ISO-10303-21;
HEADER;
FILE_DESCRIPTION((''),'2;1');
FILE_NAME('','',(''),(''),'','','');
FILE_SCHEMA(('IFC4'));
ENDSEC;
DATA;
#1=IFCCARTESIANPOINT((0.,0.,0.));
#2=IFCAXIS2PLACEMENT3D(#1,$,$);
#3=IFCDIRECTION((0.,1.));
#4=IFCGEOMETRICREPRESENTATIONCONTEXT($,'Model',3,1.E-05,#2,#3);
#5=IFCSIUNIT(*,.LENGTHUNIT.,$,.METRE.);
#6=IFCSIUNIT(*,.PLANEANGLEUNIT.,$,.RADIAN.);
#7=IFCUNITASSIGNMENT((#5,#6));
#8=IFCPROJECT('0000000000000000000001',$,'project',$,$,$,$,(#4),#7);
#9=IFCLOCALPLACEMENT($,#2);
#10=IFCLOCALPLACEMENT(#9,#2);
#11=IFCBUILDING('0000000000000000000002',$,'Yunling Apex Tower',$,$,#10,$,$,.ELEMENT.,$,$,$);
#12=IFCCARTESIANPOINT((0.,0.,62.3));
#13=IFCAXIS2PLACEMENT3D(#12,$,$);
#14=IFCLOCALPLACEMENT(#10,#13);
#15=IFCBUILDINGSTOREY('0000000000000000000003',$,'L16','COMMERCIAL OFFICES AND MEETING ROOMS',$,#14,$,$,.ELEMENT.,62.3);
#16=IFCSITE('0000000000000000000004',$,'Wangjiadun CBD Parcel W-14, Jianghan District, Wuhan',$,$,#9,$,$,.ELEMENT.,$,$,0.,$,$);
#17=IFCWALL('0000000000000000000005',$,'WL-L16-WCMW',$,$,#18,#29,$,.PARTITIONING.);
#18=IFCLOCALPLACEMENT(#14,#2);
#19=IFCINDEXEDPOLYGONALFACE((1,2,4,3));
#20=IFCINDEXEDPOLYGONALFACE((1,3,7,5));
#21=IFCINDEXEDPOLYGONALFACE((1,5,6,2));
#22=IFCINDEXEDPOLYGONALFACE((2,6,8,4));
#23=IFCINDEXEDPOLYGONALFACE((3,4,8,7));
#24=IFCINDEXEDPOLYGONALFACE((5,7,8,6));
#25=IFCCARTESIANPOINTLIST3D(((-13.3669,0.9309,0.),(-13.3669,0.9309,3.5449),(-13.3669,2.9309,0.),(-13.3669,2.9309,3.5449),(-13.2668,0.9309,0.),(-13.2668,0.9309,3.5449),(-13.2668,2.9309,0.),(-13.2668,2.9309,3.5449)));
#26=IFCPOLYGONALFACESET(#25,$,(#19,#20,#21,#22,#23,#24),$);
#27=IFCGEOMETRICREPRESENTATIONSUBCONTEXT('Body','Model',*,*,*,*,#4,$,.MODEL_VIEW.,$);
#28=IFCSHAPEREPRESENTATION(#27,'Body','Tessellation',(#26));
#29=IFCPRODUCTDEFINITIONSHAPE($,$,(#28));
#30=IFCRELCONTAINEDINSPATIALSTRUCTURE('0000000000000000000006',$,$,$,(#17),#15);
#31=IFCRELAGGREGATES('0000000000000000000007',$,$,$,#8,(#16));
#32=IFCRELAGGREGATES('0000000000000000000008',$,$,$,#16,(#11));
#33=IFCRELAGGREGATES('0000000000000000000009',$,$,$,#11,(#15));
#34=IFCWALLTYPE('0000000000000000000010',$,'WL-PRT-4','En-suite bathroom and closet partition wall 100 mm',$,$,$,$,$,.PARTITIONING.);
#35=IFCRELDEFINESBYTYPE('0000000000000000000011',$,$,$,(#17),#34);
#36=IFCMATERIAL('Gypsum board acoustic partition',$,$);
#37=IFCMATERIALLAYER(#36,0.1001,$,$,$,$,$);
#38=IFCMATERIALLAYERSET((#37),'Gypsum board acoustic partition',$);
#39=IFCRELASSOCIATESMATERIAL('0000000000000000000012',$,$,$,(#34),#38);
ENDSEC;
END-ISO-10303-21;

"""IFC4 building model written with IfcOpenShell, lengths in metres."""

from ifc_helpers import new_model, si_unit, direction, frame, frame_2d, origin, place, context, subcontext, project, spatial, rectangle, extrude, material, layer, layer_set, type_object, element, save


model = new_model("IFC4")

# Units and contexts
model_context = context("Model", 3, precision=1e-05, world=origin(), true_north=direction((0.0, 1.0)))
body_context = subcontext(model_context, "Body", "Model", "MODEL_VIEW")
ifc_project = project(units=[si_unit("LENGTHUNIT", "METRE"), si_unit("PLANEANGLEUNIT", "RADIAN")], contexts=[model_context])

# Site, building, storey
site_placement = place(None, origin())
site = spatial("IfcSite", under=ifc_project, at=site_placement, Name="Wangjiadun CBD Parcel W-14, Jianghan District, Wuhan", CompositionType="ELEMENT", RefElevation=0.0)
building_placement = place(site_placement, origin())
building = spatial("IfcBuilding", under=site, at=building_placement, Name="Yunling Apex Tower", CompositionType="ELEMENT")
storey_placement = place(building_placement, frame((0.0, 0.0, 62.3)))
storey = spatial("IfcBuildingStorey", under=building, at=storey_placement, Name="L16", Description="COMMERCIAL OFFICES AND MEETING ROOMS", CompositionType="ELEMENT", Elevation=62.3)

# Shared definitions
ifc_material_1 = material(Name="Gypsum board acoustic partition")

# Wall
ifc_layer_1 = layer(ifc_material_1, 0.1001)
ifc_layer_set_1 = layer_set([ifc_layer_1], Name="Gypsum board acoustic partition")
wall_type_1 = type_object("IfcWallType", Name="WL-PRT-4", Description="En-suite bathroom and closet partition wall 100 mm", PredefinedType="PARTITIONING", material=ifc_layer_set_1)
wall_1_placement = place(storey_placement, frame((-13.3169, 0.9309, 0.0), z_axis=(0.0, 0.0, 1.0), x_axis=(0.0, 1.0, 0.0)))
element("IfcWall", 1, at=wall_1_placement, inside=storey, type_object=wall_type_1, Name="WL-L16-WCMW", PredefinedType="PARTITIONING", context=body_context, shape_type="SweptSolid", body=[
    extrude(rectangle(XDim=2.0, YDim=0.1001, at=frame_2d((1.0, 0.0))), origin(), (0.0, 0.0, 1.0), 3.5449),
])

save(model, "model.ifc")
